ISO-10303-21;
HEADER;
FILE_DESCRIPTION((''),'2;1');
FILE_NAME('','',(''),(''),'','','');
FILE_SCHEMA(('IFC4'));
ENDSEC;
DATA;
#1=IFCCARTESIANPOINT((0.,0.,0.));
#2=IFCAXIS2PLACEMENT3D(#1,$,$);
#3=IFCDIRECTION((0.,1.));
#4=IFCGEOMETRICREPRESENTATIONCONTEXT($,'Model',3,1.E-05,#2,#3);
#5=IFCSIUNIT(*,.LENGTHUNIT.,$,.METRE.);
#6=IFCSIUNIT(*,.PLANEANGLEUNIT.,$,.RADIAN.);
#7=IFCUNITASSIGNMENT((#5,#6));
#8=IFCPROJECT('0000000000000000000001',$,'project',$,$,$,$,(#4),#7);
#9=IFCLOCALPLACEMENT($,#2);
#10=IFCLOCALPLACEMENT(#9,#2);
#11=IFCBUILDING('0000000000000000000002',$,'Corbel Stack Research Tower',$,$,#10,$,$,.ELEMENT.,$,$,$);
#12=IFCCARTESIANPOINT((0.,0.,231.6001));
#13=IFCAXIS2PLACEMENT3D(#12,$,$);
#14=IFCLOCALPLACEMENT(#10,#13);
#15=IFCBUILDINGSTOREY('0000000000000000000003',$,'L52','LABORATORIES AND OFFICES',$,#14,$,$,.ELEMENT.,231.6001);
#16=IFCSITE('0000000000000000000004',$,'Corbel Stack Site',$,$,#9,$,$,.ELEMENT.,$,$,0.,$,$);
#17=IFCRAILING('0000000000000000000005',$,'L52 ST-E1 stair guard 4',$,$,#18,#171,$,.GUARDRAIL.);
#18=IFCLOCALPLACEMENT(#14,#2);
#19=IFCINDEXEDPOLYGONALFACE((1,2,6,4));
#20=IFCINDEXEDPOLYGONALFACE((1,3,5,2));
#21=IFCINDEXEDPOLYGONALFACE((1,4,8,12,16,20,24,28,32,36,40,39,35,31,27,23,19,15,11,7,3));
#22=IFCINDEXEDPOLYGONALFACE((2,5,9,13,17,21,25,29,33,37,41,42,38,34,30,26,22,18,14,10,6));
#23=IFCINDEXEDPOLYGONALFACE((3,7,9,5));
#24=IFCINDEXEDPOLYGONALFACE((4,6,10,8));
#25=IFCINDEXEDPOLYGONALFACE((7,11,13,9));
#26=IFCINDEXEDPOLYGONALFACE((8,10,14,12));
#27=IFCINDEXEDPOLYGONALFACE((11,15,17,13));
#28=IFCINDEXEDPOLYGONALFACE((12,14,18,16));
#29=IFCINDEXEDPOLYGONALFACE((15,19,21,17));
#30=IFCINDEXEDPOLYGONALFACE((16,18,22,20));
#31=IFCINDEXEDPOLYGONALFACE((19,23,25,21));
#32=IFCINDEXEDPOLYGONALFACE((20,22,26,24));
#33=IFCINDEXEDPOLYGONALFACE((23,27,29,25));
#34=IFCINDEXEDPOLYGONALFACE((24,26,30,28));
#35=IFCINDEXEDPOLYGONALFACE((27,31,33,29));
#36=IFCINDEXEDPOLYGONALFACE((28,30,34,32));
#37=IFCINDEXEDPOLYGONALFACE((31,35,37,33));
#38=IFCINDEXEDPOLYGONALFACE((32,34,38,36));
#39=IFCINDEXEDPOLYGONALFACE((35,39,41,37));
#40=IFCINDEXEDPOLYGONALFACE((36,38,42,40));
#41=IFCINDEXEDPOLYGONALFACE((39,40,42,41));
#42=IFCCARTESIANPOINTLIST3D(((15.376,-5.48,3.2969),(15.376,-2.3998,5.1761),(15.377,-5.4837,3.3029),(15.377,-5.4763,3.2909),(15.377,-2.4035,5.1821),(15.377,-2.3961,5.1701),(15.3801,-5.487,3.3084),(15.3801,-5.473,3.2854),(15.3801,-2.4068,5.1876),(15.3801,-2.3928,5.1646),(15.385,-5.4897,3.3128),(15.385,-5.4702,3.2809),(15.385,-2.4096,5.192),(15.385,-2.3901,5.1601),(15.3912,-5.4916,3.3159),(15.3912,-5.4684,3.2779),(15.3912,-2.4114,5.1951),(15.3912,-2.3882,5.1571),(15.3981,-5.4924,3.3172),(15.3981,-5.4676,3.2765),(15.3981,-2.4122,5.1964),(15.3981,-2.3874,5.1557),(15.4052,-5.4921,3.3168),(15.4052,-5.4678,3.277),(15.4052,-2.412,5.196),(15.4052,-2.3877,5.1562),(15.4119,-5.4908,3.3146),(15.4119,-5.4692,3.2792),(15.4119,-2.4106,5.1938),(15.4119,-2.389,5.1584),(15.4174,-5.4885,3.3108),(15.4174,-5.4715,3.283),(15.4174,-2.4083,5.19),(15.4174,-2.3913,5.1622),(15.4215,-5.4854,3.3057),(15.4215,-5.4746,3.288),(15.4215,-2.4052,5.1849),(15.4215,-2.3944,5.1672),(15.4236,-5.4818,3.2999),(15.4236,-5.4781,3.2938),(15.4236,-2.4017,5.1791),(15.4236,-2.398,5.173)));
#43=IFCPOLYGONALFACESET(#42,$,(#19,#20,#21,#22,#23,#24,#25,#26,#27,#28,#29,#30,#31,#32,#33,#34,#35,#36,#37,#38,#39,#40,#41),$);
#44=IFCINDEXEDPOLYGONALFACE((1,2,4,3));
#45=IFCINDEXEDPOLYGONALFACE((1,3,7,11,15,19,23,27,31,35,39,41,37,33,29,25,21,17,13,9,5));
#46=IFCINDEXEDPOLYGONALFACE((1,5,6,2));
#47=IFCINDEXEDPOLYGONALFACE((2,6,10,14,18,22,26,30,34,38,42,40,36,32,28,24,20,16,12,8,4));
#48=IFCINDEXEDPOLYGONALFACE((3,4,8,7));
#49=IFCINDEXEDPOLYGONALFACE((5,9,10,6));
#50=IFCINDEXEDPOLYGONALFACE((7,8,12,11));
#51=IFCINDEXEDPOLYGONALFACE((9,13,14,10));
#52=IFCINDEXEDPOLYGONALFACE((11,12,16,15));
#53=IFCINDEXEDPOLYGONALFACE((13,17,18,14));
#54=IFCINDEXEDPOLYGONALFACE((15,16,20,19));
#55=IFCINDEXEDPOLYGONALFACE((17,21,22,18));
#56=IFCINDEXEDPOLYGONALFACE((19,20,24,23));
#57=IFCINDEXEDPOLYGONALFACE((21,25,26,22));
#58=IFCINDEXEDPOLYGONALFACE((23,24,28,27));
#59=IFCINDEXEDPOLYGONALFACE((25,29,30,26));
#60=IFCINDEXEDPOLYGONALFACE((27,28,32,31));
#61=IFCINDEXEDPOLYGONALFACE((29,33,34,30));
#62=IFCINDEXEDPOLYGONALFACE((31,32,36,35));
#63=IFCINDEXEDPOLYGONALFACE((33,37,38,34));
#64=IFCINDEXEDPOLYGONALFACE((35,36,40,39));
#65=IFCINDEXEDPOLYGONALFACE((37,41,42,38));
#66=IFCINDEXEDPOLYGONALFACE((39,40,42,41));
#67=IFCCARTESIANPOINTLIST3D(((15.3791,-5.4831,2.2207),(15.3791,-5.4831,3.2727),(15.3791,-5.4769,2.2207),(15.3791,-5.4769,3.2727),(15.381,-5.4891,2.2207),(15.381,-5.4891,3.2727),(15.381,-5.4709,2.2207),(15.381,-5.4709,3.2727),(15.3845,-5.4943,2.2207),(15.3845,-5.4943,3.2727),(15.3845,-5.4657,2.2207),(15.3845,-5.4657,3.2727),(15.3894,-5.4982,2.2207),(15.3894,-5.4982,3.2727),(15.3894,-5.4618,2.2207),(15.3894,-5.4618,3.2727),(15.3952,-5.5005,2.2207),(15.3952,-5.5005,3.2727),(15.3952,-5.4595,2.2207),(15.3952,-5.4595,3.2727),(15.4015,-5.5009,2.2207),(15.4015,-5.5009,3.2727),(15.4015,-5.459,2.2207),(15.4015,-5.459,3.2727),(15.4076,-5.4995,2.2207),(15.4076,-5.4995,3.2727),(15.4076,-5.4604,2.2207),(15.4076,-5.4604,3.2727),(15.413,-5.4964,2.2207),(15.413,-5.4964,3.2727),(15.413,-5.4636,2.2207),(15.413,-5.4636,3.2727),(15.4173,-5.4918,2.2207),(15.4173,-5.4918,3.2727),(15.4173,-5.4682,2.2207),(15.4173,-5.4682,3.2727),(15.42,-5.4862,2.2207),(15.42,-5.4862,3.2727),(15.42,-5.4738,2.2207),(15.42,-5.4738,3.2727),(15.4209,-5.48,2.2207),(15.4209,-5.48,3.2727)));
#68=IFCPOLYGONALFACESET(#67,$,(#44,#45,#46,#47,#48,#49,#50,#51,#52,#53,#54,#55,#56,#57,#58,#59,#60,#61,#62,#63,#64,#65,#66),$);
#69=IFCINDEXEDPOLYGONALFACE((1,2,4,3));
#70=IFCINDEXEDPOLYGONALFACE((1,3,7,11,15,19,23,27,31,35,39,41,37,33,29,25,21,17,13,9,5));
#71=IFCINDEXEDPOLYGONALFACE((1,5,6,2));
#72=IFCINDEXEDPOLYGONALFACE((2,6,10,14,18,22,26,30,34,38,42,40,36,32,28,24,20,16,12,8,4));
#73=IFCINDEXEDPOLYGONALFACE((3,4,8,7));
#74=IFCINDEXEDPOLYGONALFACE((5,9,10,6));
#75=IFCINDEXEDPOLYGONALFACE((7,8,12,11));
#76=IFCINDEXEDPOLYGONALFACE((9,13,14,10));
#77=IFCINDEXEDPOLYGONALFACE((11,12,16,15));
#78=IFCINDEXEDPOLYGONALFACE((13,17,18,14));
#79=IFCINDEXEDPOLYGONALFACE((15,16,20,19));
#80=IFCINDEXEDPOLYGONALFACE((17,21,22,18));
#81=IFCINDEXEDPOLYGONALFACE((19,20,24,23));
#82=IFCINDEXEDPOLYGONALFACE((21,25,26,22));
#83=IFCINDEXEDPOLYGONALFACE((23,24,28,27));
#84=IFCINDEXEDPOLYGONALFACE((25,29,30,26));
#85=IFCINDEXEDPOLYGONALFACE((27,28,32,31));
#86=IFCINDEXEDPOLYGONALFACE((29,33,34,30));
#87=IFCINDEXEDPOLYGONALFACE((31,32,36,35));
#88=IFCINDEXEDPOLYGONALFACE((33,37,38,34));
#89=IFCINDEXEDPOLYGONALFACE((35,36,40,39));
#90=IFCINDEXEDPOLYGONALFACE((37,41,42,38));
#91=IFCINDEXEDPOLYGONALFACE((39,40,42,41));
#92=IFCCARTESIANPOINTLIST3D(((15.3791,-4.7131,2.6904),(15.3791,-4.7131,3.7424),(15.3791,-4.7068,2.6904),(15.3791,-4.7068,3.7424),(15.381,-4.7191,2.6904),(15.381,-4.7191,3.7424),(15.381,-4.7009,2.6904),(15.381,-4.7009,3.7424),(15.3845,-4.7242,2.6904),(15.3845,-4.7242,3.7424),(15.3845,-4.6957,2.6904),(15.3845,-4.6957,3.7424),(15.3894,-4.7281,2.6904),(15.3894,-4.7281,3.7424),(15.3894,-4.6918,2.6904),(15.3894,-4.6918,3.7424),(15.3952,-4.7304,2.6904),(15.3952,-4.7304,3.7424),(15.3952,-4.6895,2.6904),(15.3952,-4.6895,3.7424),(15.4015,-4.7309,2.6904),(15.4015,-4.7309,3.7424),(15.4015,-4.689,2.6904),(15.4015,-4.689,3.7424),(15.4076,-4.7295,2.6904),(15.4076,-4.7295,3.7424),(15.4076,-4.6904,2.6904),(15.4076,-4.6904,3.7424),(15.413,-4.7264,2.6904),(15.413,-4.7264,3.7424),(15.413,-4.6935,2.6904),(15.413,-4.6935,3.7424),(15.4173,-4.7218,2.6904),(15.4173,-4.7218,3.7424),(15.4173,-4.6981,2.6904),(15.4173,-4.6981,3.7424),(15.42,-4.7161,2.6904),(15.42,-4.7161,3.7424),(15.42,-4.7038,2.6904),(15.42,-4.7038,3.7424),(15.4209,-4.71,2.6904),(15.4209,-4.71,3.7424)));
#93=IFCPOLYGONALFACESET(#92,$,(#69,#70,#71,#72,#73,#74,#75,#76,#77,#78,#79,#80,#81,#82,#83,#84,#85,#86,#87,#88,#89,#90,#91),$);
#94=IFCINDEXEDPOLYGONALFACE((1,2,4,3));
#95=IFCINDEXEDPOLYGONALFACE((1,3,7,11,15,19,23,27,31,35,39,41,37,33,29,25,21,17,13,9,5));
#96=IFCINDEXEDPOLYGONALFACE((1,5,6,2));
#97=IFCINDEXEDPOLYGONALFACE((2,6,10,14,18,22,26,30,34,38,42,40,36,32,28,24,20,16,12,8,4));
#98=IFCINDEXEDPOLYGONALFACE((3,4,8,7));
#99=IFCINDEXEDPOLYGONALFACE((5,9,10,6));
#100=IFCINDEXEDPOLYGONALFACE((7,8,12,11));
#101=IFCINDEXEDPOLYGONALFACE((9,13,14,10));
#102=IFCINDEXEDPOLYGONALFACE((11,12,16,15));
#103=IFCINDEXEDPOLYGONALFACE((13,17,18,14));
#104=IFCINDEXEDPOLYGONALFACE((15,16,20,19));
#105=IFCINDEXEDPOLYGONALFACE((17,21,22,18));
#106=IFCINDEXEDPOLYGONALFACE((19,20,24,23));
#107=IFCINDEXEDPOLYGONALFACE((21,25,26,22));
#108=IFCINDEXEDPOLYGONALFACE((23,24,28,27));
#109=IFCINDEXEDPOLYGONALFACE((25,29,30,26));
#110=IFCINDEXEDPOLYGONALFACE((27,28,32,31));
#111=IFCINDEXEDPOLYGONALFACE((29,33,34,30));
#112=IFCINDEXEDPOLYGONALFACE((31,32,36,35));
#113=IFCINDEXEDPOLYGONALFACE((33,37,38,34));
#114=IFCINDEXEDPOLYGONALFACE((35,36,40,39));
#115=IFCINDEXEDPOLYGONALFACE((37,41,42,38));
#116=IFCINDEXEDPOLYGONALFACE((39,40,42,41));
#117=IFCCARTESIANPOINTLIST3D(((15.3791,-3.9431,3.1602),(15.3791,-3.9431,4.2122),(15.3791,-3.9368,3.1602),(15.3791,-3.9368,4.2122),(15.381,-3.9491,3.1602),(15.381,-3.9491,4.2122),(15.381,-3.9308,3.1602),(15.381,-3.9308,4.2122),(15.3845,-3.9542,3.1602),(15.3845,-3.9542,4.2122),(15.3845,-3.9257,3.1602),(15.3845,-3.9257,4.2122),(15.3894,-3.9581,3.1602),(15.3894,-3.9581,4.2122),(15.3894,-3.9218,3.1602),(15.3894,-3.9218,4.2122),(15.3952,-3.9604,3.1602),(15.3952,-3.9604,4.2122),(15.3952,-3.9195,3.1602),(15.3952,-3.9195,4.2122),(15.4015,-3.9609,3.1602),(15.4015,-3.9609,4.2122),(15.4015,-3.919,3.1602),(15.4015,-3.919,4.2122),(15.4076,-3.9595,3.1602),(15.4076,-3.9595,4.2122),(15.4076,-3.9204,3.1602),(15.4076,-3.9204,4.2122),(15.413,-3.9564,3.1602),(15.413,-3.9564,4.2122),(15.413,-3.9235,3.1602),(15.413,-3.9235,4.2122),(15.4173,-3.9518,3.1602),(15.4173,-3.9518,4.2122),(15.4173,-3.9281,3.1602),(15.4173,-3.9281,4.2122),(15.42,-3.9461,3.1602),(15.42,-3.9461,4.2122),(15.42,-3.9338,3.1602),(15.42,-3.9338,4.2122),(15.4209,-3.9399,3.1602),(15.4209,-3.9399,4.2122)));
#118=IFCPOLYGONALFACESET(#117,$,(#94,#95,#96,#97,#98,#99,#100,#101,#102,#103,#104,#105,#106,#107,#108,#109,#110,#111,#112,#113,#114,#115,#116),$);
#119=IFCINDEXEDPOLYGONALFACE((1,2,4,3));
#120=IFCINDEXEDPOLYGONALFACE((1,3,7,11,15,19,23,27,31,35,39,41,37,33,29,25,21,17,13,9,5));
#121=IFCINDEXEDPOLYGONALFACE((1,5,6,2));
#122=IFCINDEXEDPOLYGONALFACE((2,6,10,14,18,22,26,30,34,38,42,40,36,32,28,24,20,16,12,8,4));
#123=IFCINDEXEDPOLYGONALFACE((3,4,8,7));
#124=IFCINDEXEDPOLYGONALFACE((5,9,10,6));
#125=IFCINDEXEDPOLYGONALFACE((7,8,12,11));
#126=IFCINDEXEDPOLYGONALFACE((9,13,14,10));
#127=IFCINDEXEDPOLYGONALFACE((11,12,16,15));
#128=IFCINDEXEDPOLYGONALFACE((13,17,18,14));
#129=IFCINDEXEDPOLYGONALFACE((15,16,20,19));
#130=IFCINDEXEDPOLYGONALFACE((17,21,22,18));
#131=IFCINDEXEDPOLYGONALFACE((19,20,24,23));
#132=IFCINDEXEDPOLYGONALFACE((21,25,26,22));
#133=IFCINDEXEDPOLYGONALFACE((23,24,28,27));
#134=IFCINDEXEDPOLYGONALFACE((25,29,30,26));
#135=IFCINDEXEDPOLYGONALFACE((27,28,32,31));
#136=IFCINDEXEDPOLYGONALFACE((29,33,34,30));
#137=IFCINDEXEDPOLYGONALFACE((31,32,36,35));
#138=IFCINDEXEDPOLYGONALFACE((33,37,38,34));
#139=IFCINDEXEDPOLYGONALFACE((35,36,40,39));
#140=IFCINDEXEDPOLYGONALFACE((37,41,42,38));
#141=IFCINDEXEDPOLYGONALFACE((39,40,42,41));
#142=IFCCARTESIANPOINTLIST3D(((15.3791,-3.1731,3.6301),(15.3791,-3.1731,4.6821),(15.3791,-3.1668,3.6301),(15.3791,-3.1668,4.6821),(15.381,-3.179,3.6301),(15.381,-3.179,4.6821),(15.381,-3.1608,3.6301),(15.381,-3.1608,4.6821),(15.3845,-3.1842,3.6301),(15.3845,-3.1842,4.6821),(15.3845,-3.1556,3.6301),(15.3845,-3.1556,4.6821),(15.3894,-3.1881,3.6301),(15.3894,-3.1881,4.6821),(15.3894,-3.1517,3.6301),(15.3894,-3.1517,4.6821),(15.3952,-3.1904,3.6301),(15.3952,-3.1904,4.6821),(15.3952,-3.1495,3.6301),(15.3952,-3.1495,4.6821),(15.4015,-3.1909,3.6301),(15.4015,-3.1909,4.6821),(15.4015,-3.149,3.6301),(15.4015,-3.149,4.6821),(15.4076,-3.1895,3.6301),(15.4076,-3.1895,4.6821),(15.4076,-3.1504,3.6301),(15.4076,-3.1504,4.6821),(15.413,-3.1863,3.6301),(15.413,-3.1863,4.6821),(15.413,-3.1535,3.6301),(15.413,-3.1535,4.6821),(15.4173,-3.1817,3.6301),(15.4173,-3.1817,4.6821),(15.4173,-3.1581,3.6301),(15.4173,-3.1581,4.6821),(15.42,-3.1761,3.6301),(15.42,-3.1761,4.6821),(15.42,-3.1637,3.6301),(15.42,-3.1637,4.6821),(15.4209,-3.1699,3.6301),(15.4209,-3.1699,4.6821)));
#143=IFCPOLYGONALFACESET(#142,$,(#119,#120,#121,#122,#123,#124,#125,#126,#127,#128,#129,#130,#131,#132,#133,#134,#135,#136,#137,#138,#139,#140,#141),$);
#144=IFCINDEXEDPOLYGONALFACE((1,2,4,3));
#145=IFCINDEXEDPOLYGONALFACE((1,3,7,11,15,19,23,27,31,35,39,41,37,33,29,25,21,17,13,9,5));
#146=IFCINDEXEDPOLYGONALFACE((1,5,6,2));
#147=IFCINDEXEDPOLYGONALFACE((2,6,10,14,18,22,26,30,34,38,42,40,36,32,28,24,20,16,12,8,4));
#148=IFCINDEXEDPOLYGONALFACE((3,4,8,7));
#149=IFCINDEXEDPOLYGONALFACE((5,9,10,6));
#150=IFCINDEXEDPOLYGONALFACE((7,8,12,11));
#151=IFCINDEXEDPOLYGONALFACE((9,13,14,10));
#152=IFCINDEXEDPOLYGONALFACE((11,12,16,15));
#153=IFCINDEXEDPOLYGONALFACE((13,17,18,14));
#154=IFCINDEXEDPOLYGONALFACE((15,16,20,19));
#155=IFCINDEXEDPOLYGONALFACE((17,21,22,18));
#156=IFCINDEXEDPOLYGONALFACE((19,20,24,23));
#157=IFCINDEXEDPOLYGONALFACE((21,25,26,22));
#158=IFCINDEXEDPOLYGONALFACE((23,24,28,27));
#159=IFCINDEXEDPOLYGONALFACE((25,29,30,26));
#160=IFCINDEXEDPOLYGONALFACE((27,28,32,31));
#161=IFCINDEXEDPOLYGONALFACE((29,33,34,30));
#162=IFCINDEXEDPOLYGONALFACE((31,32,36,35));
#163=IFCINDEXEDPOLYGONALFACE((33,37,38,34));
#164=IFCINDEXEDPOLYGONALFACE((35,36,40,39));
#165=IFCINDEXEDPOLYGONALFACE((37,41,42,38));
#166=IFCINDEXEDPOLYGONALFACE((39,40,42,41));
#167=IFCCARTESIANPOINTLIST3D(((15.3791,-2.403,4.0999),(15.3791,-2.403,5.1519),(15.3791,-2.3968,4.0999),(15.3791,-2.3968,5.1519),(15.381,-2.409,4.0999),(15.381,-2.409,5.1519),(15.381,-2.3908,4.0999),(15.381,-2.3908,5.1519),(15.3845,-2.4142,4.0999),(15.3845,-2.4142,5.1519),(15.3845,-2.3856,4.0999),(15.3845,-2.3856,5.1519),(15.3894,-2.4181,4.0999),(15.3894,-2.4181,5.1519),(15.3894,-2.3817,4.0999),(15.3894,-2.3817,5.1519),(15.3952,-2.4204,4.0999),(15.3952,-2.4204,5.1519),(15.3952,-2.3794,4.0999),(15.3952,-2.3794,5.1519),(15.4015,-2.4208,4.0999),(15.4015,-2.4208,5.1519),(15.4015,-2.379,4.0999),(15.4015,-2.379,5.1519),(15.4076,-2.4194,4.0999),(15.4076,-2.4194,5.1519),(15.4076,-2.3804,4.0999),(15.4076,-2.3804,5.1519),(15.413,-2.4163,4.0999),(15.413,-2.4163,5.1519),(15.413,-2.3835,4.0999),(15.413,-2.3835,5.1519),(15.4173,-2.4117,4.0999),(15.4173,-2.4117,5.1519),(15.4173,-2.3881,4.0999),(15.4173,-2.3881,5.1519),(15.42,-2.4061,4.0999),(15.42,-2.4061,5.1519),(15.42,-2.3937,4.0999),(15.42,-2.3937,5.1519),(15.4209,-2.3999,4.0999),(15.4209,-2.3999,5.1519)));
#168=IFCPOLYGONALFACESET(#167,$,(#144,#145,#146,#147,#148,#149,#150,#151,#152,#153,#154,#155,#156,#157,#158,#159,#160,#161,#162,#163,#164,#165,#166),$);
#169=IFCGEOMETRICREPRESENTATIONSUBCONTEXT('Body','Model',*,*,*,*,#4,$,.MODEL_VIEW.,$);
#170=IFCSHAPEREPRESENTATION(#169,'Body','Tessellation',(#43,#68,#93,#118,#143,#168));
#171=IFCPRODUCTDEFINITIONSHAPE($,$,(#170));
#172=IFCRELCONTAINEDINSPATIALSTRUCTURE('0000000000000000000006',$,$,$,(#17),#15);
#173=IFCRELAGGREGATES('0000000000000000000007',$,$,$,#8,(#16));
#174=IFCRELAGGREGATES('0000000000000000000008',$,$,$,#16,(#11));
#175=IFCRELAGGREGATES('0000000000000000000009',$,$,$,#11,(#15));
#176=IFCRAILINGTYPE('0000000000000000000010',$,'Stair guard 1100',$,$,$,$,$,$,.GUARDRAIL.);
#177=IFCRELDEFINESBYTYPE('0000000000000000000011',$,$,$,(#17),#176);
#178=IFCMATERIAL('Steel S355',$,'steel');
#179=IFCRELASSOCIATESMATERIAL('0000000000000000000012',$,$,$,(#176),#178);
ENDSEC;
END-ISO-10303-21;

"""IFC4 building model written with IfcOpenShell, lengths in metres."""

from ifc_helpers import new_model, si_unit, direction, frame, origin, origin_2d, place, context, subcontext, project, spatial, circle, extrude, material, type_object, element, save


model = new_model("IFC4")

# Units and contexts
model_context = context("Model", 3, precision=1e-05, world=origin(), true_north=direction((0.0, 1.0)))
body_context = subcontext(model_context, "Body", "Model", "MODEL_VIEW")
ifc_project = project(units=[si_unit("LENGTHUNIT", "METRE"), si_unit("PLANEANGLEUNIT", "RADIAN")], contexts=[model_context])

# Site, building, storey
site_placement = place(None, origin())
site = spatial("IfcSite", under=ifc_project, at=site_placement, Name="Corbel Stack Site", CompositionType="ELEMENT", RefElevation=0.0)
building_placement = place(site_placement, origin())
building = spatial("IfcBuilding", under=site, at=building_placement, Name="Corbel Stack Research Tower", CompositionType="ELEMENT")
storey_placement = place(building_placement, frame((0.0, 0.0, 231.6001)))
storey = spatial("IfcBuildingStorey", under=building, at=storey_placement, Name="L52", Description="LABORATORIES AND OFFICES", CompositionType="ELEMENT", Elevation=231.6001)

# Railing
ifc_material_1 = material(Name="Steel S355", Category="steel")
railing_type_1 = type_object("IfcRailingType", Name="Stair guard 1100", PredefinedType="GUARDRAIL", material=ifc_material_1)
railing_1_placement = place(storey_placement, frame((15.3999, -5.48, 2.2207)))
element("IfcRailing", 1, at=railing_1_placement, inside=storey, type_object=railing_type_1, Name="L52 ST-E1 stair guard 4", PredefinedType="GUARDRAIL", context=body_context, shape_type="SweptSolid", body=[
    extrude(circle(Radius=0.0239, at=origin_2d()), frame((0.0, 0.0, 1.0762), z_axis=(0.0, 0.853666, 0.52082), x_axis=(-1.0, 0.0, 0.0)), (0.0, 0.0, 1.0), 3.6082),
    extrude(circle(Radius=0.021, at=origin_2d()), origin(), (0.0, 0.0, 1.0), 1.052),
    extrude(circle(Radius=0.021, at=origin_2d()), frame((0.0, 0.77, 0.4697)), (0.0, 0.0, 1.0), 1.052),
    extrude(circle(Radius=0.021, at=origin_2d()), frame((0.0, 1.54, 0.9395)), (0.0, 0.0, 1.0), 1.052),
    extrude(circle(Radius=0.021, at=origin_2d()), frame((0.0, 2.3101, 1.4094)), (0.0, 0.0, 1.0), 1.052),
    extrude(circle(Radius=0.021, at=origin_2d()), frame((0.0, 3.0801, 1.8792)), (0.0, 0.0, 1.0), 1.052),
])

save(model, "model.ifc")
